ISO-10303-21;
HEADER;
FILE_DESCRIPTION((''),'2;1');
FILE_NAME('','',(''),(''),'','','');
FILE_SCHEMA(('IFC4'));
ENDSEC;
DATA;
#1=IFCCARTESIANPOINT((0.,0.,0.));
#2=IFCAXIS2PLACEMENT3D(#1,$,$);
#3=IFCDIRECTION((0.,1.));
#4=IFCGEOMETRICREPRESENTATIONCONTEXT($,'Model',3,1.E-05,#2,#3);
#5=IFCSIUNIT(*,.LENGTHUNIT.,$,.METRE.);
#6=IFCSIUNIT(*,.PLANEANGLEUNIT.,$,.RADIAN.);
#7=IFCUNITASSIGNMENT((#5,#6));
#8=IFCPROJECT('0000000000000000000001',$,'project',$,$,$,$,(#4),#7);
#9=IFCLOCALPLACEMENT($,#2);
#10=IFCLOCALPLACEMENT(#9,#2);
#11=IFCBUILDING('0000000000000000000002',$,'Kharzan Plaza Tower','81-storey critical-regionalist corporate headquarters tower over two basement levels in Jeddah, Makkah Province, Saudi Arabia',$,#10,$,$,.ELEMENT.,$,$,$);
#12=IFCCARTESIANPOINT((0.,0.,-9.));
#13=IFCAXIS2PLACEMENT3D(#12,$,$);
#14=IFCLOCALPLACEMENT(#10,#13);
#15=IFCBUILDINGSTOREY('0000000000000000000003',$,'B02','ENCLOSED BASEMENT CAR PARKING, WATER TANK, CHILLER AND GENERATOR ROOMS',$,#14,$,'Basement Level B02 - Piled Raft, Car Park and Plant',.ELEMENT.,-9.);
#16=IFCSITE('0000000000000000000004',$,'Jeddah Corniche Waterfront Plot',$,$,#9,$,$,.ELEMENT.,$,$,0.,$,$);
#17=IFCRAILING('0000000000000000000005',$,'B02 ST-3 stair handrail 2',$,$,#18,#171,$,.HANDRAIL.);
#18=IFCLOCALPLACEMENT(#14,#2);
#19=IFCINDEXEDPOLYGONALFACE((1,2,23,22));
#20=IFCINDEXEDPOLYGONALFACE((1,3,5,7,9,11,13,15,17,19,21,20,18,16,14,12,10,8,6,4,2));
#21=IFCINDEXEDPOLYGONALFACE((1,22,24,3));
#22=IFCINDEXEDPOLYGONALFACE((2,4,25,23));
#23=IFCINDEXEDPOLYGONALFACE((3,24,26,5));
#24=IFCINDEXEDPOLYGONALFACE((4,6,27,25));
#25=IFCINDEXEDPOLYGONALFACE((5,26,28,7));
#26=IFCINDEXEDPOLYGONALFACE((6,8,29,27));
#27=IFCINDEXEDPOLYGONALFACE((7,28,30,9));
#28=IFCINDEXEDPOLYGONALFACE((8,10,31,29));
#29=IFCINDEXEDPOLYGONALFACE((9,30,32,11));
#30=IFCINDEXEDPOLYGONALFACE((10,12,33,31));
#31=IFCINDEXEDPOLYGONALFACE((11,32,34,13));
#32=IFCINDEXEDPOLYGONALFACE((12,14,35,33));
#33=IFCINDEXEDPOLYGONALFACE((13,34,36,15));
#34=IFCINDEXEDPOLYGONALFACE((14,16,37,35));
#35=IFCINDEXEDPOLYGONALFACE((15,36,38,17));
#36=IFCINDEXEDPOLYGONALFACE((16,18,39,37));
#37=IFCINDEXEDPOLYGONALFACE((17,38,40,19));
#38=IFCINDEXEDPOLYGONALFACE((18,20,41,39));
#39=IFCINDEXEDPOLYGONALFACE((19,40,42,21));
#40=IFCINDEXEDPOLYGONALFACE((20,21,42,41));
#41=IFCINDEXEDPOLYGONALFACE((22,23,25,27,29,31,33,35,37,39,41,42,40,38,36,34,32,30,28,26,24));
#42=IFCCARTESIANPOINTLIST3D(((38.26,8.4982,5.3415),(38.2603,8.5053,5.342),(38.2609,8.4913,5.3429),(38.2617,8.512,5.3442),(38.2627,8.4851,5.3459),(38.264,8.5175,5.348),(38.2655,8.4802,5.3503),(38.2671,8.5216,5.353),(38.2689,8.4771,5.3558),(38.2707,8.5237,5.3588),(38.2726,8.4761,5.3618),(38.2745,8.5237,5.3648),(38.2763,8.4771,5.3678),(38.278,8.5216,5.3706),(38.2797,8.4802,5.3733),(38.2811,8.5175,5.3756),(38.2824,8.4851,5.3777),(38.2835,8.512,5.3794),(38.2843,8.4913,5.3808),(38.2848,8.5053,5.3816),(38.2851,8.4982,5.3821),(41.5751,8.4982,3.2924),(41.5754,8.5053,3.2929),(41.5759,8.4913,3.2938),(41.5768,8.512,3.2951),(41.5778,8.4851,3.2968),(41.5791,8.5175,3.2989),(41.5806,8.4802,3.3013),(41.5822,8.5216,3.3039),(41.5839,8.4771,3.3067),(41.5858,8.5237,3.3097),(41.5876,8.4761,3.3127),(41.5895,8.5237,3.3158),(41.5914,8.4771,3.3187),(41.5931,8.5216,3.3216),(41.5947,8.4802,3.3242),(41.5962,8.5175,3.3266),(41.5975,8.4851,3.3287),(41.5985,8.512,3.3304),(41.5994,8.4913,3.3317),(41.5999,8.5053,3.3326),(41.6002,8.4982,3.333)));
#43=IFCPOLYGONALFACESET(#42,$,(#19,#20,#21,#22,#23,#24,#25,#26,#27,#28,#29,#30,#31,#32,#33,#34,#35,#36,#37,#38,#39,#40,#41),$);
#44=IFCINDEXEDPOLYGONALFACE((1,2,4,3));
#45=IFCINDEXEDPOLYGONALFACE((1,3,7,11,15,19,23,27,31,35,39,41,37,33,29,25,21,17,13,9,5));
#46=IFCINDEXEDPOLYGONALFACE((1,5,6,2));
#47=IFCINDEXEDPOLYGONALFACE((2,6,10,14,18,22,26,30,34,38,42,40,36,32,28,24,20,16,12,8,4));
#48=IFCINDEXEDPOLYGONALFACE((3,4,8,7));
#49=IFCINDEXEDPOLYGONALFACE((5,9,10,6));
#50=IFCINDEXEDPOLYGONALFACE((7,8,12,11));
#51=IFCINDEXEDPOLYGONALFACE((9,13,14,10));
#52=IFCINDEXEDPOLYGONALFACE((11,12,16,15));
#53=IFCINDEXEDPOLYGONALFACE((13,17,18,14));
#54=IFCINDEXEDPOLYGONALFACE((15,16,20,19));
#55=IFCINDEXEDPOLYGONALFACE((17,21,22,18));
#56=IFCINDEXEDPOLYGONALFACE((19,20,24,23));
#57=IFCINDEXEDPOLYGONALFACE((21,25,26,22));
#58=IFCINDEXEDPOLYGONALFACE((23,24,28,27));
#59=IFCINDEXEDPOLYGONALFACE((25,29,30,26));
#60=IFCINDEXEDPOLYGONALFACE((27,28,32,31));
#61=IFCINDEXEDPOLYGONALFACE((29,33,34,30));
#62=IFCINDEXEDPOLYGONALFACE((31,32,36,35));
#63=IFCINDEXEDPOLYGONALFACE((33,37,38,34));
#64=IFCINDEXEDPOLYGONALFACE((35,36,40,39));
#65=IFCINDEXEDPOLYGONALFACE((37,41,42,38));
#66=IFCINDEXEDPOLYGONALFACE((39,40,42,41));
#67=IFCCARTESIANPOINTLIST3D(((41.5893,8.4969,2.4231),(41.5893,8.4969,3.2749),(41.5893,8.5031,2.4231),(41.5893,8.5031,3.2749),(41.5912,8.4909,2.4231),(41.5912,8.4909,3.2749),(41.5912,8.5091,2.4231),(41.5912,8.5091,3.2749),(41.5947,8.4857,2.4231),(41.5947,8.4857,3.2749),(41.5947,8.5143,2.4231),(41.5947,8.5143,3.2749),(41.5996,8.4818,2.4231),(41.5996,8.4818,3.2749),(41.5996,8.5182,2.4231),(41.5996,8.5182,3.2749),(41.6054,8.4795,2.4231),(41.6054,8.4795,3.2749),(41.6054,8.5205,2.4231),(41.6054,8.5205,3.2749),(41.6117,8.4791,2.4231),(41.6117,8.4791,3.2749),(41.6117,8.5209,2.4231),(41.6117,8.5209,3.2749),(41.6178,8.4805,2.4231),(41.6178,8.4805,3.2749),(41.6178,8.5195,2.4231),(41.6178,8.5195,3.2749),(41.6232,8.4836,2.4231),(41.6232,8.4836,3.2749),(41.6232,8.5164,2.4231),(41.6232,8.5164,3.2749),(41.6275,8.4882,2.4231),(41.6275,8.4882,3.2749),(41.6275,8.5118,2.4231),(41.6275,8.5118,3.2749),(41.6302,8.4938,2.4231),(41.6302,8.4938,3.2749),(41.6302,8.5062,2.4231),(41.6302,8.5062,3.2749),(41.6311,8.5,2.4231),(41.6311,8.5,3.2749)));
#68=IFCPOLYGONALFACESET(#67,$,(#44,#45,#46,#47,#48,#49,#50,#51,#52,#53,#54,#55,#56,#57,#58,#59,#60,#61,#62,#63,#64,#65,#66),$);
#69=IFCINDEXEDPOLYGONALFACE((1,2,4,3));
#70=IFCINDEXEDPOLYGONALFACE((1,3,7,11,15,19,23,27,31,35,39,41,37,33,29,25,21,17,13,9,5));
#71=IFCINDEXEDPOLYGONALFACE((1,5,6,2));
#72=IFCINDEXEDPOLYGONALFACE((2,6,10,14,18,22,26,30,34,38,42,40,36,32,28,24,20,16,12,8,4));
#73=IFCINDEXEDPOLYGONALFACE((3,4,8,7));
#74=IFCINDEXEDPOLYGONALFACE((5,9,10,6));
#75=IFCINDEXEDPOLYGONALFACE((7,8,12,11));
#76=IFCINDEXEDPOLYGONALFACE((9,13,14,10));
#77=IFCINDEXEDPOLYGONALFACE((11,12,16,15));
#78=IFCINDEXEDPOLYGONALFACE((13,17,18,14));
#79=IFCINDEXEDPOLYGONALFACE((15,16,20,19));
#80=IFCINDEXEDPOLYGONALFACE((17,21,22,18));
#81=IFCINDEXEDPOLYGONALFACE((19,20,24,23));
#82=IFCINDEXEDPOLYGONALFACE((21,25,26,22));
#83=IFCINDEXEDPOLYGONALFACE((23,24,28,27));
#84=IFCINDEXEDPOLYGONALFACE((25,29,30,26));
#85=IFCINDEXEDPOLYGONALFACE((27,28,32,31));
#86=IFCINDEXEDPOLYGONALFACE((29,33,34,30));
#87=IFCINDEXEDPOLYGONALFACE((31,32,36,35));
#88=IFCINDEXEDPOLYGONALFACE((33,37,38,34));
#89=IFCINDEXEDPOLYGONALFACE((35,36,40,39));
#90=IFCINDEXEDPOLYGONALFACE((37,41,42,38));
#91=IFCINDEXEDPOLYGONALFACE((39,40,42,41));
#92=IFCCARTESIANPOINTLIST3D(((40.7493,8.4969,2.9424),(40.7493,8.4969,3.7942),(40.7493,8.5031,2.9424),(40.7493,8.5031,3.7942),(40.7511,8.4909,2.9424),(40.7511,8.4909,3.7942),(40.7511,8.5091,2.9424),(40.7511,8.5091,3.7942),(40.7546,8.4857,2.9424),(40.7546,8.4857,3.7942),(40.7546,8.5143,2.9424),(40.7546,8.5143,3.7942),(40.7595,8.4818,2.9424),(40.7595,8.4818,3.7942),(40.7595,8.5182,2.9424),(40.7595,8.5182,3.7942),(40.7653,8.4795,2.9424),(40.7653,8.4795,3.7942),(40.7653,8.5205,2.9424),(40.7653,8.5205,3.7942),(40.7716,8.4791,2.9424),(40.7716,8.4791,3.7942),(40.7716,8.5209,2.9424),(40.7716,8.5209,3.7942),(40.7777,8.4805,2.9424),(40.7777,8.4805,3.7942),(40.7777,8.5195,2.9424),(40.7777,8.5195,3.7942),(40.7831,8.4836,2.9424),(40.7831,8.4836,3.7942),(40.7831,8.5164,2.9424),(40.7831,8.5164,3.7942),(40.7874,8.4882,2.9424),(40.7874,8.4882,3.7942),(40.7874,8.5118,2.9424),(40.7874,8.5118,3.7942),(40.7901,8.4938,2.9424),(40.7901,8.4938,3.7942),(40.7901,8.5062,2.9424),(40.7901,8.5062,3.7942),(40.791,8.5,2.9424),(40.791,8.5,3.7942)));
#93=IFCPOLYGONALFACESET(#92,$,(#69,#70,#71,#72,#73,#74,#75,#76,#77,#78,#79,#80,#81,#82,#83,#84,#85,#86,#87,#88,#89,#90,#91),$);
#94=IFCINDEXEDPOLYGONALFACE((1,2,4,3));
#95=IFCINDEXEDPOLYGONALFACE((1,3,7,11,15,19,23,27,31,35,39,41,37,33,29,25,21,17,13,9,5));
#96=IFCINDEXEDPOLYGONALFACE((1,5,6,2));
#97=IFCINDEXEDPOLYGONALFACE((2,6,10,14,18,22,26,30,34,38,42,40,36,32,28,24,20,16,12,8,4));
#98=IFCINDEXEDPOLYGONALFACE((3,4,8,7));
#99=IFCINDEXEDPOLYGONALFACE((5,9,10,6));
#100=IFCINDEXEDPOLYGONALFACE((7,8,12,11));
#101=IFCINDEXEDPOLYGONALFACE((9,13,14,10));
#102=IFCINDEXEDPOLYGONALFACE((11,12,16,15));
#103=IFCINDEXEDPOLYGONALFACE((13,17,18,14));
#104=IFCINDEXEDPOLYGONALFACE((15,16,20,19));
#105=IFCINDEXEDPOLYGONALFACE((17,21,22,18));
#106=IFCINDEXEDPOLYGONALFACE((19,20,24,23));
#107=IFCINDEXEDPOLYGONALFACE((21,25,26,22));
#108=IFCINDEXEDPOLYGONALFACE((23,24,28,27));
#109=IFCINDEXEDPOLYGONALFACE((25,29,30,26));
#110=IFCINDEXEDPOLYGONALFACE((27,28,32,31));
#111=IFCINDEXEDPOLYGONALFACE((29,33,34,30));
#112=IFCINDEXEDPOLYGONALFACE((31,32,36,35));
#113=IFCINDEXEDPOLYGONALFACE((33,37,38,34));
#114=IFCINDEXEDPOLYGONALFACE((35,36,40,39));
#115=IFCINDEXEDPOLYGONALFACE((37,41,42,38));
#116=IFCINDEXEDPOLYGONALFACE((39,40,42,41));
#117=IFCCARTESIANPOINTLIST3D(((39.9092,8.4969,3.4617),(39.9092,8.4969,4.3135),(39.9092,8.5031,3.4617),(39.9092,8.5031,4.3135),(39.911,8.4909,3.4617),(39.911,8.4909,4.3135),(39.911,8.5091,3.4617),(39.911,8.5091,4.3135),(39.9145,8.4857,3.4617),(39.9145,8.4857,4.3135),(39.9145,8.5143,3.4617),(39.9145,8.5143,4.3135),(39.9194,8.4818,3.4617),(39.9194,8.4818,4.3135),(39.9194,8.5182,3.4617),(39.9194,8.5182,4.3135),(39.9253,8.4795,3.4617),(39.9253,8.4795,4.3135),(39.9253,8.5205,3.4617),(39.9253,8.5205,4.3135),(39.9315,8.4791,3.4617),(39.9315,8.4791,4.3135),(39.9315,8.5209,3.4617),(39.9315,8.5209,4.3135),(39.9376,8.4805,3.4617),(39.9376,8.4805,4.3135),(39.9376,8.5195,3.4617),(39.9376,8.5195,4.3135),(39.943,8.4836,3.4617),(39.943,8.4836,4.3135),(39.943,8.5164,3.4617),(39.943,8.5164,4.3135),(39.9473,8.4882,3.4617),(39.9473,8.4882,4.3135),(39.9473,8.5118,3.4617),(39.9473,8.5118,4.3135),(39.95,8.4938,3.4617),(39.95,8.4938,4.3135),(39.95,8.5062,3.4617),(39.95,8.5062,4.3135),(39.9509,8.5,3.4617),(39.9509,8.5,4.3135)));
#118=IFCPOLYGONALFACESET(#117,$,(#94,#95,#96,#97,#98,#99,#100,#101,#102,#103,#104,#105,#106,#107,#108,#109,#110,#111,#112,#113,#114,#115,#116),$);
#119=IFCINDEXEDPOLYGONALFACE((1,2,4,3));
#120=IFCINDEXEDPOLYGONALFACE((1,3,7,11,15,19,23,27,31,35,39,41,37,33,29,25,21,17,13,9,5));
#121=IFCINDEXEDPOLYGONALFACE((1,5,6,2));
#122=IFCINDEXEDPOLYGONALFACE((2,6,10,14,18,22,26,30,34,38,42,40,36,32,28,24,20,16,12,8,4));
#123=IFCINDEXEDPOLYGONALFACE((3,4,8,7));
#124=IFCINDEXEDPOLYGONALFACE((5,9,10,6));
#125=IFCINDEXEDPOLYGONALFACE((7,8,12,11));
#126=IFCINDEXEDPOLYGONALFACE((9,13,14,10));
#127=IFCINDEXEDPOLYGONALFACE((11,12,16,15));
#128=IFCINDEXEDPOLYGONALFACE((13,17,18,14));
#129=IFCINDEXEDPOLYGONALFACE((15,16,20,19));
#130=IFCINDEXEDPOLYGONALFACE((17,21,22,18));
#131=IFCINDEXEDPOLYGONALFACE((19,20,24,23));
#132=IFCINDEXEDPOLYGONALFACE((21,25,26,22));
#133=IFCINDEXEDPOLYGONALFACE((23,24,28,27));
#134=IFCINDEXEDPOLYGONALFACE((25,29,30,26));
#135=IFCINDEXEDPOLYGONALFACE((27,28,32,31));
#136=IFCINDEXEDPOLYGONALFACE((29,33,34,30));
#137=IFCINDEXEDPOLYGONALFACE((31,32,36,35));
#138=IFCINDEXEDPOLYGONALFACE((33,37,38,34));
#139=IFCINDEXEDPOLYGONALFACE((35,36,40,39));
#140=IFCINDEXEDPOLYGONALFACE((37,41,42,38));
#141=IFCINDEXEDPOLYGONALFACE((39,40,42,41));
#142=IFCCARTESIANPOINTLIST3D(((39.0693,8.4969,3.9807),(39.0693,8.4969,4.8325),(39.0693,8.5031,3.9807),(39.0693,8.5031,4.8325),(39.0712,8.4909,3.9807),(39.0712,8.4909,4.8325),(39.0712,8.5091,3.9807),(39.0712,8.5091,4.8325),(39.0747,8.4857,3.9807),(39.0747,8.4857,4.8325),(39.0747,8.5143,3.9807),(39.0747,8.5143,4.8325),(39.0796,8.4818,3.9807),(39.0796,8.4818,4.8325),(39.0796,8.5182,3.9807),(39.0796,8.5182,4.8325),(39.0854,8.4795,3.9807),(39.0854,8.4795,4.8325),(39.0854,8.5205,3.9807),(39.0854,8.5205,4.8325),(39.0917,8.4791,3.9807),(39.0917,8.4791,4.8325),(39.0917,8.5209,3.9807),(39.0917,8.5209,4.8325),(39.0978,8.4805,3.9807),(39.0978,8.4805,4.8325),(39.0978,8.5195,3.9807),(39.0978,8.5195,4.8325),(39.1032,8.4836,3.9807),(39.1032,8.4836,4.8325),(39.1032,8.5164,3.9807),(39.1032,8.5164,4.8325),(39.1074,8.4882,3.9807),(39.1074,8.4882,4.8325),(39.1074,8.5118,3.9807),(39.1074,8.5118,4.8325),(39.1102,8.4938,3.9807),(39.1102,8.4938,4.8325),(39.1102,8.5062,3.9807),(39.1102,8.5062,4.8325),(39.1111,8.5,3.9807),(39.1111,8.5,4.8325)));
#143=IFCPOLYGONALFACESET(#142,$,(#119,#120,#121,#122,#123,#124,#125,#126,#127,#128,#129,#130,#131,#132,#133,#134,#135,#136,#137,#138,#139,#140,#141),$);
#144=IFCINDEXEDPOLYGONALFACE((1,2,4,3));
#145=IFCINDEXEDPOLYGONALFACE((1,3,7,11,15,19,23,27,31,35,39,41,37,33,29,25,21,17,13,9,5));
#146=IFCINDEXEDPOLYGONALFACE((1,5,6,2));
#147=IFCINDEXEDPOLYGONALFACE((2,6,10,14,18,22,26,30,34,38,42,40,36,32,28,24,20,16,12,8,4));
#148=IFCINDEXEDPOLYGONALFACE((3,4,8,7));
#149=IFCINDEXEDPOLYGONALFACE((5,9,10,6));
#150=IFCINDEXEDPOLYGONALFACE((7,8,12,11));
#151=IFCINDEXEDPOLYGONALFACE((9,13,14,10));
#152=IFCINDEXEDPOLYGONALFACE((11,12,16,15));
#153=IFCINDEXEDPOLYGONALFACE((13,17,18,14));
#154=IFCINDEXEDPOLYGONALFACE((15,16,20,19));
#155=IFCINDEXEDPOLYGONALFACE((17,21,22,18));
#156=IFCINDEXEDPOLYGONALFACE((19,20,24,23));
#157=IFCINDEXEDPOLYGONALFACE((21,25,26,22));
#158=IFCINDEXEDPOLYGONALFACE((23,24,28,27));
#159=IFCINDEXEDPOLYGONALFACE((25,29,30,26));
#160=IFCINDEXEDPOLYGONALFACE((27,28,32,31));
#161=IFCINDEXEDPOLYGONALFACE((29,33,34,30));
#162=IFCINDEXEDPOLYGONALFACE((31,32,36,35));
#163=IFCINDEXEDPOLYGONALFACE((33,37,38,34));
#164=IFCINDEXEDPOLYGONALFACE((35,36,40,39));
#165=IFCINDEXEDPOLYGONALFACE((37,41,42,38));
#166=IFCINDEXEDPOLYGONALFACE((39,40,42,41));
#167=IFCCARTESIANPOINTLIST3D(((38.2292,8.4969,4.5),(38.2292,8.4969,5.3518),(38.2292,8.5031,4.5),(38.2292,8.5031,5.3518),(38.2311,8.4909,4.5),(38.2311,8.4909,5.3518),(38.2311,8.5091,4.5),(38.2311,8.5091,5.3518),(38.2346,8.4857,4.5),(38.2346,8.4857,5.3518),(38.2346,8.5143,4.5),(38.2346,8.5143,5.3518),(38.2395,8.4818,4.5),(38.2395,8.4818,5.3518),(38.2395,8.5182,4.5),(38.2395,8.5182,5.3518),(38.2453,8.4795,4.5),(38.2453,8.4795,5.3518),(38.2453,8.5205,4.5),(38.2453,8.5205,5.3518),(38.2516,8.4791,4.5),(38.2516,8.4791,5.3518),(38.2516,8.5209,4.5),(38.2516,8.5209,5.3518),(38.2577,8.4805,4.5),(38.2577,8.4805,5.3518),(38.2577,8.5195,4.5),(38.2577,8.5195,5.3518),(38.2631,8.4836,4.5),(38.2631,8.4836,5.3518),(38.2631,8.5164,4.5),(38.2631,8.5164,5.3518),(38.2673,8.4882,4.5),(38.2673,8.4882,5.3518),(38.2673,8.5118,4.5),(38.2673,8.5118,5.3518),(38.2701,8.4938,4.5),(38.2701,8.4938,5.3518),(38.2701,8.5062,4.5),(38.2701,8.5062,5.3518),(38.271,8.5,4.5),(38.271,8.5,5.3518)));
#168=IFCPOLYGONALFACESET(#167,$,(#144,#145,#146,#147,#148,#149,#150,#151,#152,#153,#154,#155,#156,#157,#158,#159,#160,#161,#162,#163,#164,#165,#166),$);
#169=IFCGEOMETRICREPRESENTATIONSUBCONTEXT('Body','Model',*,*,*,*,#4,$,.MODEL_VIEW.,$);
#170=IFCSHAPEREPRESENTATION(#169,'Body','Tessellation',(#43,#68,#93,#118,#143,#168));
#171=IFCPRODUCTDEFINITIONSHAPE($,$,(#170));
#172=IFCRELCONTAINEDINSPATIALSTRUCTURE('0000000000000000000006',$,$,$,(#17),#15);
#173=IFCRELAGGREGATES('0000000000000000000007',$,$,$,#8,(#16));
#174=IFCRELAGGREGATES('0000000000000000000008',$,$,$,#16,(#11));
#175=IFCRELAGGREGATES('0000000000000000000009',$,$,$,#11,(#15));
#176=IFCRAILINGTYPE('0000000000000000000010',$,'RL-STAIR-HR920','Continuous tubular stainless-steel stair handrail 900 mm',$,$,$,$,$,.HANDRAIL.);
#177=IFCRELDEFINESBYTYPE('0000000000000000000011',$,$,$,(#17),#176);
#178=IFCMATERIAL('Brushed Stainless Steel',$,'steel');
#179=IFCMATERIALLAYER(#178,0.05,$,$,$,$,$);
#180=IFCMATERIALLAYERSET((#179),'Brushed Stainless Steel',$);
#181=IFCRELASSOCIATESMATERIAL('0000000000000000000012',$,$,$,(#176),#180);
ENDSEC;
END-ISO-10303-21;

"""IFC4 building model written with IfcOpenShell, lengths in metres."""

from ifc_helpers import new_model, si_unit, direction, frame, origin, origin_2d, place, context, subcontext, project, spatial, circle, extrude, source, transform, mapped, material, layer, layer_set, type_object, element, save


model = new_model("IFC4")

# Units and contexts
model_context = context("Model", 3, precision=1e-05, world=origin(), true_north=direction((0.0, 1.0)))
body_context = subcontext(model_context, "Body", "Model", "MODEL_VIEW")
ifc_project = project(units=[si_unit("LENGTHUNIT", "METRE"), si_unit("PLANEANGLEUNIT", "RADIAN")], contexts=[model_context])

# Site, building, storey
site_placement = place(None, origin())
site = spatial("IfcSite", under=ifc_project, at=site_placement, Name="Jeddah Corniche Waterfront Plot", CompositionType="ELEMENT", RefElevation=0.0)
building_placement = place(site_placement, origin())
building = spatial("IfcBuilding", under=site, at=building_placement, Name="Kharzan Plaza Tower", Description="81-storey critical-regionalist corporate headquarters tower over two basement levels in Jeddah, Makkah Province, Saudi Arabia", CompositionType="ELEMENT")
storey_placement = place(building_placement, frame((0.0, 0.0, -9.0)))
storey = spatial("IfcBuildingStorey", under=building, at=storey_placement, Name="B02", Description="ENCLOSED BASEMENT CAR PARKING, WATER TANK, CHILLER AND GENERATOR ROOMS", LongName="Basement Level B02 - Piled Raft, Car Park and Plant", CompositionType="ELEMENT", Elevation=-9.0)

# Railing
ifc_material_1 = material(Name="Brushed Stainless Steel", Category="steel")
ifc_layer_1 = layer(ifc_material_1, 0.05)
ifc_layer_set_1 = layer_set([ifc_layer_1], Name="Brushed Stainless Steel")
railing_type_1 = type_object("IfcRailingType", Name="RL-STAIR-HR920", Description="Continuous tubular stainless-steel stair handrail 900 mm", PredefinedType="HANDRAIL", material=ifc_layer_set_1)
shared_shape_1 = source(origin(), body_context, "Body", "SweptSolid", [
    extrude(circle(Radius=0.0239, at=origin_2d()), frame((-0.0225, 0.0, 0.8896), z_axis=(-0.850623, 0.0, 0.525776), x_axis=(0.0, -1.0, 0.0)), (0.0, 0.0, 1.0), 3.8972),
    extrude(circle(Radius=0.021, at=origin_2d()), origin(), (0.0, 0.0, 1.0), 0.8518),
    extrude(circle(Radius=0.021, at=origin_2d()), frame((-0.8401, 0.0, 0.5193)), (0.0, 0.0, 1.0), 0.8518),
    extrude(circle(Radius=0.021, at=origin_2d()), frame((-1.6802, 0.0, 1.0386)), (0.0, 0.0, 1.0), 0.8518),
    extrude(circle(Radius=0.021, at=origin_2d()), frame((-2.52, 0.0, 1.5576)), (0.0, 0.0, 1.0), 0.8518),
    extrude(circle(Radius=0.021, at=origin_2d()), frame((-3.3601, 0.0, 2.0769)), (0.0, 0.0, 1.0), 0.8518),
])
railing_1_placement = place(storey_placement, frame((41.6101, 8.5, 2.4231)))
element("IfcRailing", 1, at=railing_1_placement, inside=storey, type_object=railing_type_1, Name="B02 ST-3 stair handrail 2", PredefinedType="HANDRAIL", context=body_context, shape_type="MappedRepresentation", body=[
    mapped(shared_shape_1, transform((0.0, 0.0, 0.0), x_axis=(1.0, 0.0, 0.0), y_axis=(0.0, 1.0, 0.0), z_axis=(0.0, 0.0, 1.0))),
])

save(model, "model.ifc")
